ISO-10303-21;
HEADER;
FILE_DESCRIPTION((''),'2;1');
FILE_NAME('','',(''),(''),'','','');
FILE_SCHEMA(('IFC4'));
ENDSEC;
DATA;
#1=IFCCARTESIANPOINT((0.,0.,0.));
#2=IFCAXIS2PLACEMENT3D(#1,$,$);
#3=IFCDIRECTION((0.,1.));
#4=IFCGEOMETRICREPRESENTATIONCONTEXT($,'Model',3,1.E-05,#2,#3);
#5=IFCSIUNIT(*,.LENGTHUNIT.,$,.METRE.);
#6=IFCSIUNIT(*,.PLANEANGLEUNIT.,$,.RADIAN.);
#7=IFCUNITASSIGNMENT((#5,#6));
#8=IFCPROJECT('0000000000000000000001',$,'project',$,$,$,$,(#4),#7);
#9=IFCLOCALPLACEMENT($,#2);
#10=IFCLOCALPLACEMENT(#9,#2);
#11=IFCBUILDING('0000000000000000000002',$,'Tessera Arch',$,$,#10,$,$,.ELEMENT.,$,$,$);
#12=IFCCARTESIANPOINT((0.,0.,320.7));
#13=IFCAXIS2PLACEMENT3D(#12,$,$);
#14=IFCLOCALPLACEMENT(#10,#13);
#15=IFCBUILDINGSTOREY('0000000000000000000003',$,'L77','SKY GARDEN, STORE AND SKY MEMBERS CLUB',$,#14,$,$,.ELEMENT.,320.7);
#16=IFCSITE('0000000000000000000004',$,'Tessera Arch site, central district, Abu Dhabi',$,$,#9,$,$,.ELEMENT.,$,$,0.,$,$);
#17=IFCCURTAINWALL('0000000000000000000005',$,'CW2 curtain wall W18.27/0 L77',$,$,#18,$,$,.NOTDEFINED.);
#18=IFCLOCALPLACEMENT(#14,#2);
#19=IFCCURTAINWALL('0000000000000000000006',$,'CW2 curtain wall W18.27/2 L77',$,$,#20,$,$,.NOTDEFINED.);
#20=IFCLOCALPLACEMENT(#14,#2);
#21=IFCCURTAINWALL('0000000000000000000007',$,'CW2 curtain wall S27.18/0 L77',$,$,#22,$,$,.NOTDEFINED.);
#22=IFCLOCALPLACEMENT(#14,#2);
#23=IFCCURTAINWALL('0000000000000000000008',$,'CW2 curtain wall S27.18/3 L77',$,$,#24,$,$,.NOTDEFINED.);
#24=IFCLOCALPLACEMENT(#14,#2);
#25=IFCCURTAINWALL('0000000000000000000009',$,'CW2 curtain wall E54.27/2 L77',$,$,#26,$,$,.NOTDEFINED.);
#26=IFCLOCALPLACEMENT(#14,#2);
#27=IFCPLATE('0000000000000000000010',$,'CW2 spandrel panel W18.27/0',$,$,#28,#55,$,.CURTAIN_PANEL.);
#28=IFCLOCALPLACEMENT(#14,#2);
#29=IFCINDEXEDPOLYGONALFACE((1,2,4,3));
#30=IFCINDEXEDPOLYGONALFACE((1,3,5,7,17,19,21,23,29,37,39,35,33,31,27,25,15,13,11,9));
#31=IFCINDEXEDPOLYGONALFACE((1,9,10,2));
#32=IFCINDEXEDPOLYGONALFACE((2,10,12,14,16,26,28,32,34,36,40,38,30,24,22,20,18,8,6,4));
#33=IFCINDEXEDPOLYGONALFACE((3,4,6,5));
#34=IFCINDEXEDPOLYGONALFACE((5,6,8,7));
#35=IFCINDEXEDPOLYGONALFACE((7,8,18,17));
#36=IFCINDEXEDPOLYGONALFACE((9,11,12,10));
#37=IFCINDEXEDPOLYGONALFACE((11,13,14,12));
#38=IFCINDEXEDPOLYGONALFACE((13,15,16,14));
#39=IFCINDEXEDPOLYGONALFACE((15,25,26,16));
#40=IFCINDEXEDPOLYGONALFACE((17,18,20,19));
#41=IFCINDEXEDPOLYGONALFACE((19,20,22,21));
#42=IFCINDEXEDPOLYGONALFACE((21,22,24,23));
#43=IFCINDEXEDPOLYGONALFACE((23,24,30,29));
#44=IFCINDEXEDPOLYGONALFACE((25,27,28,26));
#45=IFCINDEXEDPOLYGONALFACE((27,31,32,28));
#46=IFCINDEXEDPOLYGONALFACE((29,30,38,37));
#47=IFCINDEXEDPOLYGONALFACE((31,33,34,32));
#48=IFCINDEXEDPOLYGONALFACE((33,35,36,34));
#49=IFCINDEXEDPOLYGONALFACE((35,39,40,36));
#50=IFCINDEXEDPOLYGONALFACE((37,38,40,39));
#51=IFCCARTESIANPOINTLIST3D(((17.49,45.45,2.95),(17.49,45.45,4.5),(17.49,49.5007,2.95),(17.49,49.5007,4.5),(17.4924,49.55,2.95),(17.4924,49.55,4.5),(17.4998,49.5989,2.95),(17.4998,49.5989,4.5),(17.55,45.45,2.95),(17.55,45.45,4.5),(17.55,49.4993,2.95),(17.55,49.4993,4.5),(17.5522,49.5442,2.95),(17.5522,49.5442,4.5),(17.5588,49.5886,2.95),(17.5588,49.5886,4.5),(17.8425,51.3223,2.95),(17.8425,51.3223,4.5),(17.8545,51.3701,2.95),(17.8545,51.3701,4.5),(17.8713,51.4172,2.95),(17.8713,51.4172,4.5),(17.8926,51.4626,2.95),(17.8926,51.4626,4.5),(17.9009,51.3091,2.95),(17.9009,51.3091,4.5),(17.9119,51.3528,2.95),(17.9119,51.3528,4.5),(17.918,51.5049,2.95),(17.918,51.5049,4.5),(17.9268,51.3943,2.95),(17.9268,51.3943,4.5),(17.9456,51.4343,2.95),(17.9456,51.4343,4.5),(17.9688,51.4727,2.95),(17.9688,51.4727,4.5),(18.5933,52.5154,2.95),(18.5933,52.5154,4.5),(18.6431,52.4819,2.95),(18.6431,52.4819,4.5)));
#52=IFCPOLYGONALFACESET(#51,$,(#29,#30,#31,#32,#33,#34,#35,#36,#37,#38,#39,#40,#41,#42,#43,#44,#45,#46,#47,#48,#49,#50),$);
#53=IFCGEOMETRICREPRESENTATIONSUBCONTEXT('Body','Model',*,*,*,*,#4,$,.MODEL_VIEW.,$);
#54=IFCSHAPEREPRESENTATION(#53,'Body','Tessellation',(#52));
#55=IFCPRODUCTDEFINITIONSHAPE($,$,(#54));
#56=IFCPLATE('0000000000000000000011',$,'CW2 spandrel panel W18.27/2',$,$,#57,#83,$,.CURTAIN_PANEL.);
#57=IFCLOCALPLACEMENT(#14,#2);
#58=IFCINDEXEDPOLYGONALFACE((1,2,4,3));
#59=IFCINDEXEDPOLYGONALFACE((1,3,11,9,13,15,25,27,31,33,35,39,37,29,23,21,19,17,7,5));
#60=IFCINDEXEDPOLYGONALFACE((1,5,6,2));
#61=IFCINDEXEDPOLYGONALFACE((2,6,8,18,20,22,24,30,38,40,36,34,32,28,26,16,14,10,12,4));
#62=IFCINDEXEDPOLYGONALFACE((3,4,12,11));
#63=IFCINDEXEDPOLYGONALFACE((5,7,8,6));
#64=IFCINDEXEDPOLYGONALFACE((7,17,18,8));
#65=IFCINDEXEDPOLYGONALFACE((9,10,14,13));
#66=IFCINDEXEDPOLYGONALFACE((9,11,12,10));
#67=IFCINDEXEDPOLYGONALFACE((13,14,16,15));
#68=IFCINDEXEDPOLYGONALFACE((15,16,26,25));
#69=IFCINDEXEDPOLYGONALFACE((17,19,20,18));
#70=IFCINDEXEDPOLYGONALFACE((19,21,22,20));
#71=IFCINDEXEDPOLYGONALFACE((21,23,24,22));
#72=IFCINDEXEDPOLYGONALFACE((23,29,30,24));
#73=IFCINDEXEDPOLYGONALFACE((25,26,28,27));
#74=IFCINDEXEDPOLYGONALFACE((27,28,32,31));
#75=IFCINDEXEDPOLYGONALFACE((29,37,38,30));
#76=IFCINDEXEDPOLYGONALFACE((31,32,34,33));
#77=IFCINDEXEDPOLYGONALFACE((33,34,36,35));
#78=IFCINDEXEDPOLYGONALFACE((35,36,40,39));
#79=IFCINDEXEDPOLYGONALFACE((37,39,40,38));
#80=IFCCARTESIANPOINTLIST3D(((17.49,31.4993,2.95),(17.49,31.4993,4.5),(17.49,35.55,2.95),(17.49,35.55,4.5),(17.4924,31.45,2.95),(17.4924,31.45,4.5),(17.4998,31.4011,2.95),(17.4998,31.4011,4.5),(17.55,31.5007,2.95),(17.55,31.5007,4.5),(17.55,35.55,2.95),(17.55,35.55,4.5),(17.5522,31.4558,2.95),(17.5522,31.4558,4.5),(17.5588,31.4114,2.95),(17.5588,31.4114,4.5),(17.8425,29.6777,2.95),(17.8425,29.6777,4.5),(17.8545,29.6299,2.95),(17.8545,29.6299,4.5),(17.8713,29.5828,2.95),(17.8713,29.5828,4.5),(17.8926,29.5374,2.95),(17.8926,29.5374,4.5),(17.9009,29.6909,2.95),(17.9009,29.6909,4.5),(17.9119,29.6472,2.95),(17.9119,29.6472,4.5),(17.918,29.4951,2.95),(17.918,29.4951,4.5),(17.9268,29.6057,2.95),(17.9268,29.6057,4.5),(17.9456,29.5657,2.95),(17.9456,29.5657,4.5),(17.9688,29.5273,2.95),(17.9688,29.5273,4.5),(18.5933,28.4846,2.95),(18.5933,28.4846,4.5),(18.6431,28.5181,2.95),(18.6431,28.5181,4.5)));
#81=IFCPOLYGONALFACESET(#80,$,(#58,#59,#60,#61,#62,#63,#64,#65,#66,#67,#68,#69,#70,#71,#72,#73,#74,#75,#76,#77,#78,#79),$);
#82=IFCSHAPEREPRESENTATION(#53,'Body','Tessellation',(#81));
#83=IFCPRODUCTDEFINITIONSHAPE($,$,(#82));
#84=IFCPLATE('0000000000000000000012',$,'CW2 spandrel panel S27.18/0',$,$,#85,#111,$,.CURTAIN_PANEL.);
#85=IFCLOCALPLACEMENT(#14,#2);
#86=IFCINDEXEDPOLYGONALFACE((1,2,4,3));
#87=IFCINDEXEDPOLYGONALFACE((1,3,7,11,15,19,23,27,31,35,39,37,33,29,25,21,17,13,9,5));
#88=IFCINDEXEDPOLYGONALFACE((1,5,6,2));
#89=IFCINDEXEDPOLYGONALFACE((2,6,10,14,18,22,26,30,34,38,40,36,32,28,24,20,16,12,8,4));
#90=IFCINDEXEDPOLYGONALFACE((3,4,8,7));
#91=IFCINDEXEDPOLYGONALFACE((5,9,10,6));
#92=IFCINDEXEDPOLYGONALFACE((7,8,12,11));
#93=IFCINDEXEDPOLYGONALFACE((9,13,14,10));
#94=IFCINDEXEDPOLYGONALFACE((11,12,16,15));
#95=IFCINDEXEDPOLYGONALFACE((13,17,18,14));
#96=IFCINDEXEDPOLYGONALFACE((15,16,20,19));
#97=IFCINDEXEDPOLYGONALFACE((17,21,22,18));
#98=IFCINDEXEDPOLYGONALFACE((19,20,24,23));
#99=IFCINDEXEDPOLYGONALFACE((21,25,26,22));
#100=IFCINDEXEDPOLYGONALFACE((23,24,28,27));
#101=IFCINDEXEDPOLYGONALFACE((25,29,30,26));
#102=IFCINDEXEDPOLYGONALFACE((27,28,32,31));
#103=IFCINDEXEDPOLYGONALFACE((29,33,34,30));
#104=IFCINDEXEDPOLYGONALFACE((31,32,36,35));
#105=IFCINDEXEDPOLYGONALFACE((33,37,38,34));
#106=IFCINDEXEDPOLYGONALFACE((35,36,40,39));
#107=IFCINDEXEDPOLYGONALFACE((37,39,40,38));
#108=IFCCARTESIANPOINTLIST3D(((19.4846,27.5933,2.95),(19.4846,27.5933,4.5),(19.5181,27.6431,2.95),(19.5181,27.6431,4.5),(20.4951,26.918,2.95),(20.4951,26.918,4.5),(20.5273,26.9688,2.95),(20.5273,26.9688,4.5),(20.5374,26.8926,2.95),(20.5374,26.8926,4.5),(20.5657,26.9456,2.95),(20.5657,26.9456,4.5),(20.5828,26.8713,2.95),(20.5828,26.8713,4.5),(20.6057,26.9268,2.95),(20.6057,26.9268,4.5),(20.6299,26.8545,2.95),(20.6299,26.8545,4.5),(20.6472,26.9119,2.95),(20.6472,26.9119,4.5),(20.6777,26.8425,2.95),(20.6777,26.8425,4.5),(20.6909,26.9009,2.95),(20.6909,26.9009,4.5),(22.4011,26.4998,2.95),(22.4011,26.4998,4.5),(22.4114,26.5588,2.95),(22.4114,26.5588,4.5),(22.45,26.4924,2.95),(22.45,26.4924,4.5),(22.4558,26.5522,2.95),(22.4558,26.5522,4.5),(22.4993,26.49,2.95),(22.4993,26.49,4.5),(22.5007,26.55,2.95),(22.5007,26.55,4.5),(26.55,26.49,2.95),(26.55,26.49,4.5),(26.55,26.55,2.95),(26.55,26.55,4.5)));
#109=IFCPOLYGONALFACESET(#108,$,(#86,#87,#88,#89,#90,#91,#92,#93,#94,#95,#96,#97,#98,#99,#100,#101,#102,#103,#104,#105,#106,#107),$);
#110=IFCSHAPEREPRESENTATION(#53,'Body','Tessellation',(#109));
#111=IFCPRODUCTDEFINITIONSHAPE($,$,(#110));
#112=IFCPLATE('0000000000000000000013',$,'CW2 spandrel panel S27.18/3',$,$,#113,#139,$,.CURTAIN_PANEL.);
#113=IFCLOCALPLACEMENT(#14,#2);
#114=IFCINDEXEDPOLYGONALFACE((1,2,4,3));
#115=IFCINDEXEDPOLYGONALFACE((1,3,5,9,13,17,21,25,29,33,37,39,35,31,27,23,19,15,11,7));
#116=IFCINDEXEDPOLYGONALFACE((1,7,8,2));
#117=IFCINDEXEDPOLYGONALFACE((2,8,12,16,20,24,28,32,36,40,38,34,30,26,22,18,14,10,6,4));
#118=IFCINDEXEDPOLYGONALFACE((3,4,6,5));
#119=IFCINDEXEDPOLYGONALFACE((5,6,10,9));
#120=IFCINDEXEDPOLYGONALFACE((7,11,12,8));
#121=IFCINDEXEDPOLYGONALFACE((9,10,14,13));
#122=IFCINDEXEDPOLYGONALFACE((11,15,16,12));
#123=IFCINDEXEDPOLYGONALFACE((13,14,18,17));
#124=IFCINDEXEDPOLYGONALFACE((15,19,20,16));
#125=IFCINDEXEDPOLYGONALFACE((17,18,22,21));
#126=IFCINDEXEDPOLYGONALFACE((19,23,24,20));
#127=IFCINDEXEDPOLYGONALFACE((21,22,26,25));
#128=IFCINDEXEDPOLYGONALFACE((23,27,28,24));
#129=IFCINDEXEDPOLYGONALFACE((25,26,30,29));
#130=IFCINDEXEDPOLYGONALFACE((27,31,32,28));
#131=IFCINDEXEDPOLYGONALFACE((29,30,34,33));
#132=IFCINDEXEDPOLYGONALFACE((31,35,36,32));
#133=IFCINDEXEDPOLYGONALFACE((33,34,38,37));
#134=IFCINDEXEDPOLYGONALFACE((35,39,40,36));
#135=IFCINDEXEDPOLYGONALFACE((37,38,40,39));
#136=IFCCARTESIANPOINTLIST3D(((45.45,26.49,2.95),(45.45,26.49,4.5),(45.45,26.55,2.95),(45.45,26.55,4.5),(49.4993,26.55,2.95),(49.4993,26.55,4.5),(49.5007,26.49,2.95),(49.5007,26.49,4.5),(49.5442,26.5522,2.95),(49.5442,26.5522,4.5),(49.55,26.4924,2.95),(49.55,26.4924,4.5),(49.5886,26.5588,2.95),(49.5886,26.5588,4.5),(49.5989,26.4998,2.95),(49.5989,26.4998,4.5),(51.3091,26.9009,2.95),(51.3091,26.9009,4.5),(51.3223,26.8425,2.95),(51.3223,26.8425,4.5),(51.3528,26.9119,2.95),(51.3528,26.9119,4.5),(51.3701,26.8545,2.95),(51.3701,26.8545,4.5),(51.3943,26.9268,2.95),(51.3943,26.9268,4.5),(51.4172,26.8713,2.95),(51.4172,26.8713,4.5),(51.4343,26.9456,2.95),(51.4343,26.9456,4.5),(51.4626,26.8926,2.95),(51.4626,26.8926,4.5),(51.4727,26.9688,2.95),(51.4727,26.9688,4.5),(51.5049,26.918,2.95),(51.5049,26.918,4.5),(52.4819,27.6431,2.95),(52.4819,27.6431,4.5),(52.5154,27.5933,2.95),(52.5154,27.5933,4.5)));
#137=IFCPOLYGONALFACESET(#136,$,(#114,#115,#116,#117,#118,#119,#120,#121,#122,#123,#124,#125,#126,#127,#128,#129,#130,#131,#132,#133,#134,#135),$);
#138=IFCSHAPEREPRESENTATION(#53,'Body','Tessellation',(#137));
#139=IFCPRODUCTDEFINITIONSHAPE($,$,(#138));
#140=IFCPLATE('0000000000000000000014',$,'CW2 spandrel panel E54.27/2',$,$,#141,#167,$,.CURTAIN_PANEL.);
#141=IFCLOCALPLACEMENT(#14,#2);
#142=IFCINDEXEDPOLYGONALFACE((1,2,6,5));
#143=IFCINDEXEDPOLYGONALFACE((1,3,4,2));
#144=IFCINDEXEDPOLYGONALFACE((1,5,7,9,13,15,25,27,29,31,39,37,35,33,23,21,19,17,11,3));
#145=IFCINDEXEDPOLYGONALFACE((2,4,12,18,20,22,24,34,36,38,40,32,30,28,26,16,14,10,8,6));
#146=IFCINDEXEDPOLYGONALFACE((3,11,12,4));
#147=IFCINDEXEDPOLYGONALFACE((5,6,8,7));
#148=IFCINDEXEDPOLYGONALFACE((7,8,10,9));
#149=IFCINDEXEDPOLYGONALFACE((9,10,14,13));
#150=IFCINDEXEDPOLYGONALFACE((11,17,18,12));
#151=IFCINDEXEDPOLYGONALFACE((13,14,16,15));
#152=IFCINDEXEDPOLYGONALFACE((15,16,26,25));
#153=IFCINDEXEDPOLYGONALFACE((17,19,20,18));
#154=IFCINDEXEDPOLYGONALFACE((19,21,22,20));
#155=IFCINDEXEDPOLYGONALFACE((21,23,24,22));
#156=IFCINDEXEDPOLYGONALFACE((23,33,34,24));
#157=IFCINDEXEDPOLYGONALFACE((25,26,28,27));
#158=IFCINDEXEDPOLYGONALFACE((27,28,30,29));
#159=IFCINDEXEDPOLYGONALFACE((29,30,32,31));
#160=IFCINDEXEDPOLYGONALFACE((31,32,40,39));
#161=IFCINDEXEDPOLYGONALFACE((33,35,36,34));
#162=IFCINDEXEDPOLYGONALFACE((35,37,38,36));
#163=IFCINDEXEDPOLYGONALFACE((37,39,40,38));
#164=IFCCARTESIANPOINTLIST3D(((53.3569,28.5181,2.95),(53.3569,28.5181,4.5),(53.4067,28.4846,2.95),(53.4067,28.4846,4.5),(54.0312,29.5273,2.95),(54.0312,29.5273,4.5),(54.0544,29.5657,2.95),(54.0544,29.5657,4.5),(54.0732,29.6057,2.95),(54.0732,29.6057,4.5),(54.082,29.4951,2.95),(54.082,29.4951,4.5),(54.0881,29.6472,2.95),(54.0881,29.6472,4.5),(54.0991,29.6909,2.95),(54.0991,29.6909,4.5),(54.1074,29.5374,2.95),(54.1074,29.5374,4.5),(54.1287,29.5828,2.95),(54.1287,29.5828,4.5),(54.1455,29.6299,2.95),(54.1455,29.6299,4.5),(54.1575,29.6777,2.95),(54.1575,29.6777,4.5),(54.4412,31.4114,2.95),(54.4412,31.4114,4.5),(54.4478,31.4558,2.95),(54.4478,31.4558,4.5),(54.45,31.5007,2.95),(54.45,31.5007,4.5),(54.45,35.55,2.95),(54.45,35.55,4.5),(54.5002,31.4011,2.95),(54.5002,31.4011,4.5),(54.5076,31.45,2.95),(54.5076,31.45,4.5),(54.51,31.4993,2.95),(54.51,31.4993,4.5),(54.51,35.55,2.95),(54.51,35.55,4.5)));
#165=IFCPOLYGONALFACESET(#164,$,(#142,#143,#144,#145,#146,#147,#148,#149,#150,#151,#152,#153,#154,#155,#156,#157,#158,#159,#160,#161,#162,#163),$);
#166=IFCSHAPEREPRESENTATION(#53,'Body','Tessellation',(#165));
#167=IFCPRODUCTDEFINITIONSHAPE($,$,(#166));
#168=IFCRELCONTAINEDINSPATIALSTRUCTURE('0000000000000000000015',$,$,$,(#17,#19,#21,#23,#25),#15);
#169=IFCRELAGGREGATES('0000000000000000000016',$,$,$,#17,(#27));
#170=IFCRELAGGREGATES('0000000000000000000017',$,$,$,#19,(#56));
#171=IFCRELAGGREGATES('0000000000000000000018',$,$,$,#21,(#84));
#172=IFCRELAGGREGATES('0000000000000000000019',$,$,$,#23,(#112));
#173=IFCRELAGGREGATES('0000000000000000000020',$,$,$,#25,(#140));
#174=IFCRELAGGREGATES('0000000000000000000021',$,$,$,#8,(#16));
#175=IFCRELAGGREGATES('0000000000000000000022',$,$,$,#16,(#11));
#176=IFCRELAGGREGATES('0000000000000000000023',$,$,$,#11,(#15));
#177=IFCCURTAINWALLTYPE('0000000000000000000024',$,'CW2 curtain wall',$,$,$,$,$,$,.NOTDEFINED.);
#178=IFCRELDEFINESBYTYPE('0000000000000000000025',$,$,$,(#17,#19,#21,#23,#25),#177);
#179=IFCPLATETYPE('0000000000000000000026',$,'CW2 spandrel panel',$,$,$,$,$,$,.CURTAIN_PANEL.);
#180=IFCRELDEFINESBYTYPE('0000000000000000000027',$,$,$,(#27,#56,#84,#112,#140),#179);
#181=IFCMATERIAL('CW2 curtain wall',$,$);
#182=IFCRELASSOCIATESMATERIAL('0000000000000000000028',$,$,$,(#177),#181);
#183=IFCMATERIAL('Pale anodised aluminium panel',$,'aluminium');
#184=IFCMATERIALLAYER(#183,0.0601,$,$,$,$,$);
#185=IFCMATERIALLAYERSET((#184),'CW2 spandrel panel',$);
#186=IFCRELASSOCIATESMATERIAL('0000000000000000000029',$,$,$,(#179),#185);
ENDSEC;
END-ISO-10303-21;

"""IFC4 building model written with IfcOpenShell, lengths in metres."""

from ifc_helpers import new_model, si_unit, direction, frame, origin, place, context, subcontext, project, spatial, polyline, outline, extrude, material, layer, layer_set, type_object, element, aggregate, save


model = new_model("IFC4")

# Units and contexts
model_context = context("Model", 3, precision=1e-05, world=origin(), true_north=direction((0.0, 1.0)))
body_context = subcontext(model_context, "Body", "Model", "MODEL_VIEW")
ifc_project = project(units=[si_unit("LENGTHUNIT", "METRE"), si_unit("PLANEANGLEUNIT", "RADIAN")], contexts=[model_context])

# Site, building, storey
site_placement = place(None, origin())
site = spatial("IfcSite", under=ifc_project, at=site_placement, Name="Tessera Arch site, central district, Abu Dhabi", CompositionType="ELEMENT", RefElevation=0.0)
building_placement = place(site_placement, origin())
building = spatial("IfcBuilding", under=site, at=building_placement, Name="Tessera Arch", CompositionType="ELEMENT")
storey_placement = place(building_placement, frame((0.0, 0.0, 320.7)))
storey = spatial("IfcBuildingStorey", under=building, at=storey_placement, Name="L77", Description="SKY GARDEN, STORE AND SKY MEMBERS CLUB", CompositionType="ELEMENT", Elevation=320.7)

# Curtain walls
ifc_material_1 = material(Name="CW2 curtain wall")
curtain_wall_type = type_object("IfcCurtainWallType", Name="CW2 curtain wall", PredefinedType="NOTDEFINED", material=ifc_material_1)
curtain_wall_1_placement = place(storey_placement, origin())
curtain_wall_1 = element("IfcCurtainWall", 1, at=curtain_wall_1_placement, inside=storey, type_object=curtain_wall_type, Name="CW2 curtain wall W18.27/0 L77", PredefinedType="NOTDEFINED")
curtain_wall_2_placement = place(storey_placement, origin())
curtain_wall_2 = element("IfcCurtainWall", 2, at=curtain_wall_2_placement, inside=storey, type_object=curtain_wall_type, Name="CW2 curtain wall W18.27/2 L77", PredefinedType="NOTDEFINED")
curtain_wall_3_placement = place(storey_placement, origin())
curtain_wall_3 = element("IfcCurtainWall", 3, at=curtain_wall_3_placement, inside=storey, type_object=curtain_wall_type, Name="CW2 curtain wall S27.18/0 L77", PredefinedType="NOTDEFINED")
curtain_wall_4_placement = place(storey_placement, origin())
curtain_wall_4 = element("IfcCurtainWall", 4, at=curtain_wall_4_placement, inside=storey, type_object=curtain_wall_type, Name="CW2 curtain wall S27.18/3 L77", PredefinedType="NOTDEFINED")
curtain_wall_5_placement = place(storey_placement, origin())
curtain_wall_5 = element("IfcCurtainWall", 5, at=curtain_wall_5_placement, inside=storey, type_object=curtain_wall_type, Name="CW2 curtain wall E54.27/2 L77", PredefinedType="NOTDEFINED")

# Plates
ifc_material_2 = material(Name="Pale anodised aluminium panel", Category="aluminium")
ifc_layer_1 = layer(ifc_material_2, 0.0601)
ifc_layer_set_1 = layer_set([ifc_layer_1], Name="CW2 spandrel panel")
plate_type_1 = type_object("IfcPlateType", Name="CW2 spandrel panel", PredefinedType="CURTAIN_PANEL", material=ifc_layer_set_1)
plate_1_placement = place(storey_placement, frame((0.0, 0.0, 2.95)))
plate_1 = element("IfcPlate", 6, at=plate_1_placement, type_object=plate_type_1, Name="CW2 spandrel panel W18.27/0", PredefinedType="CURTAIN_PANEL", context=body_context, shape_type="SweptSolid", body=[
    extrude(outline(polyline([(17.9688, 51.4727), (18.6431, 52.4819), (18.5933, 52.5154), (17.918, 51.5049), (17.8926, 51.4626), (17.8713, 51.4172), (17.8545, 51.3701), (17.8425, 51.3223), (17.4998, 49.5989), (17.4924, 49.55), (17.49, 49.5007), (17.49, 45.45), (17.55, 45.45), (17.55, 49.4993), (17.5522, 49.5442), (17.5588, 49.5886), (17.9009, 51.3091), (17.9119, 51.3528), (17.9268, 51.3943), (17.9456, 51.4343), (17.9688, 51.4727)])), origin(), (0.0, 0.0, 1.0), 1.55),
])
aggregate(curtain_wall_1, [plate_1])
plate_2_placement = place(storey_placement, frame((0.0, 0.0, 2.95)))
plate_2 = element("IfcPlate", 7, at=plate_2_placement, type_object=plate_type_1, Name="CW2 spandrel panel W18.27/2", PredefinedType="CURTAIN_PANEL", context=body_context, shape_type="SweptSolid", body=[
    extrude(outline(polyline([(17.55, 31.5007), (17.55, 35.55), (17.49, 35.55), (17.49, 31.4993), (17.4924, 31.45), (17.4998, 31.4011), (17.8425, 29.6777), (17.8545, 29.6299), (17.8713, 29.5828), (17.8926, 29.5374), (17.918, 29.4951), (18.5933, 28.4846), (18.6431, 28.5181), (17.9688, 29.5273), (17.9456, 29.5657), (17.9268, 29.6057), (17.9119, 29.6472), (17.9009, 29.6909), (17.5588, 31.4114), (17.5522, 31.4558), (17.55, 31.5007)])), origin(), (0.0, 0.0, 1.0), 1.55),
])
aggregate(curtain_wall_2, [plate_2])
plate_3_placement = place(storey_placement, frame((0.0, 0.0, 2.95)))
plate_3 = element("IfcPlate", 8, at=plate_3_placement, type_object=plate_type_1, Name="CW2 spandrel panel S27.18/0", PredefinedType="CURTAIN_PANEL", context=body_context, shape_type="SweptSolid", body=[
    extrude(outline(polyline([(20.5273, 26.9688), (19.5181, 27.6431), (19.4846, 27.5933), (20.4951, 26.918), (20.5374, 26.8926), (20.5828, 26.8713), (20.6299, 26.8545), (20.6777, 26.8425), (22.4011, 26.4998), (22.45, 26.4924), (22.4993, 26.49), (26.55, 26.49), (26.55, 26.55), (22.5007, 26.55), (22.4558, 26.5522), (22.4114, 26.5588), (20.6909, 26.9009), (20.6472, 26.9119), (20.6057, 26.9268), (20.5657, 26.9456), (20.5273, 26.9688)])), origin(), (0.0, 0.0, 1.0), 1.55),
])
aggregate(curtain_wall_3, [plate_3])
plate_4_placement = place(storey_placement, frame((0.0, 0.0, 2.95)))
plate_4 = element("IfcPlate", 9, at=plate_4_placement, type_object=plate_type_1, Name="CW2 spandrel panel S27.18/3", PredefinedType="CURTAIN_PANEL", context=body_context, shape_type="SweptSolid", body=[
    extrude(outline(polyline([(49.4993, 26.55), (45.45, 26.55), (45.45, 26.49), (49.5007, 26.49), (49.55, 26.4924), (49.5989, 26.4998), (51.3223, 26.8425), (51.3701, 26.8545), (51.4172, 26.8713), (51.4626, 26.8926), (51.5049, 26.918), (52.5154, 27.5933), (52.4819, 27.6431), (51.4727, 26.9688), (51.4343, 26.9456), (51.3943, 26.9268), (51.3528, 26.9119), (51.3091, 26.9009), (49.5886, 26.5588), (49.5442, 26.5522), (49.4993, 26.55)])), origin(), (0.0, 0.0, 1.0), 1.55),
])
aggregate(curtain_wall_4, [plate_4])
plate_5_placement = place(storey_placement, frame((0.0, 0.0, 2.95)))
plate_5 = element("IfcPlate", 10, at=plate_5_placement, type_object=plate_type_1, Name="CW2 spandrel panel E54.27/2", PredefinedType="CURTAIN_PANEL", context=body_context, shape_type="SweptSolid", body=[
    extrude(outline(polyline([(54.0312, 29.5273), (53.3569, 28.5181), (53.4067, 28.4846), (54.082, 29.4951), (54.1074, 29.5374), (54.1287, 29.5828), (54.1455, 29.6299), (54.1575, 29.6777), (54.5002, 31.4011), (54.5076, 31.45), (54.51, 31.4993), (54.51, 35.55), (54.45, 35.55), (54.45, 31.5007), (54.4478, 31.4558), (54.4412, 31.4114), (54.0991, 29.6909), (54.0881, 29.6472), (54.0732, 29.6057), (54.0544, 29.5657), (54.0312, 29.5273)])), origin(), (0.0, 0.0, 1.0), 1.55),
])
aggregate(curtain_wall_5, [plate_5])

save(model, "model.ifc")
